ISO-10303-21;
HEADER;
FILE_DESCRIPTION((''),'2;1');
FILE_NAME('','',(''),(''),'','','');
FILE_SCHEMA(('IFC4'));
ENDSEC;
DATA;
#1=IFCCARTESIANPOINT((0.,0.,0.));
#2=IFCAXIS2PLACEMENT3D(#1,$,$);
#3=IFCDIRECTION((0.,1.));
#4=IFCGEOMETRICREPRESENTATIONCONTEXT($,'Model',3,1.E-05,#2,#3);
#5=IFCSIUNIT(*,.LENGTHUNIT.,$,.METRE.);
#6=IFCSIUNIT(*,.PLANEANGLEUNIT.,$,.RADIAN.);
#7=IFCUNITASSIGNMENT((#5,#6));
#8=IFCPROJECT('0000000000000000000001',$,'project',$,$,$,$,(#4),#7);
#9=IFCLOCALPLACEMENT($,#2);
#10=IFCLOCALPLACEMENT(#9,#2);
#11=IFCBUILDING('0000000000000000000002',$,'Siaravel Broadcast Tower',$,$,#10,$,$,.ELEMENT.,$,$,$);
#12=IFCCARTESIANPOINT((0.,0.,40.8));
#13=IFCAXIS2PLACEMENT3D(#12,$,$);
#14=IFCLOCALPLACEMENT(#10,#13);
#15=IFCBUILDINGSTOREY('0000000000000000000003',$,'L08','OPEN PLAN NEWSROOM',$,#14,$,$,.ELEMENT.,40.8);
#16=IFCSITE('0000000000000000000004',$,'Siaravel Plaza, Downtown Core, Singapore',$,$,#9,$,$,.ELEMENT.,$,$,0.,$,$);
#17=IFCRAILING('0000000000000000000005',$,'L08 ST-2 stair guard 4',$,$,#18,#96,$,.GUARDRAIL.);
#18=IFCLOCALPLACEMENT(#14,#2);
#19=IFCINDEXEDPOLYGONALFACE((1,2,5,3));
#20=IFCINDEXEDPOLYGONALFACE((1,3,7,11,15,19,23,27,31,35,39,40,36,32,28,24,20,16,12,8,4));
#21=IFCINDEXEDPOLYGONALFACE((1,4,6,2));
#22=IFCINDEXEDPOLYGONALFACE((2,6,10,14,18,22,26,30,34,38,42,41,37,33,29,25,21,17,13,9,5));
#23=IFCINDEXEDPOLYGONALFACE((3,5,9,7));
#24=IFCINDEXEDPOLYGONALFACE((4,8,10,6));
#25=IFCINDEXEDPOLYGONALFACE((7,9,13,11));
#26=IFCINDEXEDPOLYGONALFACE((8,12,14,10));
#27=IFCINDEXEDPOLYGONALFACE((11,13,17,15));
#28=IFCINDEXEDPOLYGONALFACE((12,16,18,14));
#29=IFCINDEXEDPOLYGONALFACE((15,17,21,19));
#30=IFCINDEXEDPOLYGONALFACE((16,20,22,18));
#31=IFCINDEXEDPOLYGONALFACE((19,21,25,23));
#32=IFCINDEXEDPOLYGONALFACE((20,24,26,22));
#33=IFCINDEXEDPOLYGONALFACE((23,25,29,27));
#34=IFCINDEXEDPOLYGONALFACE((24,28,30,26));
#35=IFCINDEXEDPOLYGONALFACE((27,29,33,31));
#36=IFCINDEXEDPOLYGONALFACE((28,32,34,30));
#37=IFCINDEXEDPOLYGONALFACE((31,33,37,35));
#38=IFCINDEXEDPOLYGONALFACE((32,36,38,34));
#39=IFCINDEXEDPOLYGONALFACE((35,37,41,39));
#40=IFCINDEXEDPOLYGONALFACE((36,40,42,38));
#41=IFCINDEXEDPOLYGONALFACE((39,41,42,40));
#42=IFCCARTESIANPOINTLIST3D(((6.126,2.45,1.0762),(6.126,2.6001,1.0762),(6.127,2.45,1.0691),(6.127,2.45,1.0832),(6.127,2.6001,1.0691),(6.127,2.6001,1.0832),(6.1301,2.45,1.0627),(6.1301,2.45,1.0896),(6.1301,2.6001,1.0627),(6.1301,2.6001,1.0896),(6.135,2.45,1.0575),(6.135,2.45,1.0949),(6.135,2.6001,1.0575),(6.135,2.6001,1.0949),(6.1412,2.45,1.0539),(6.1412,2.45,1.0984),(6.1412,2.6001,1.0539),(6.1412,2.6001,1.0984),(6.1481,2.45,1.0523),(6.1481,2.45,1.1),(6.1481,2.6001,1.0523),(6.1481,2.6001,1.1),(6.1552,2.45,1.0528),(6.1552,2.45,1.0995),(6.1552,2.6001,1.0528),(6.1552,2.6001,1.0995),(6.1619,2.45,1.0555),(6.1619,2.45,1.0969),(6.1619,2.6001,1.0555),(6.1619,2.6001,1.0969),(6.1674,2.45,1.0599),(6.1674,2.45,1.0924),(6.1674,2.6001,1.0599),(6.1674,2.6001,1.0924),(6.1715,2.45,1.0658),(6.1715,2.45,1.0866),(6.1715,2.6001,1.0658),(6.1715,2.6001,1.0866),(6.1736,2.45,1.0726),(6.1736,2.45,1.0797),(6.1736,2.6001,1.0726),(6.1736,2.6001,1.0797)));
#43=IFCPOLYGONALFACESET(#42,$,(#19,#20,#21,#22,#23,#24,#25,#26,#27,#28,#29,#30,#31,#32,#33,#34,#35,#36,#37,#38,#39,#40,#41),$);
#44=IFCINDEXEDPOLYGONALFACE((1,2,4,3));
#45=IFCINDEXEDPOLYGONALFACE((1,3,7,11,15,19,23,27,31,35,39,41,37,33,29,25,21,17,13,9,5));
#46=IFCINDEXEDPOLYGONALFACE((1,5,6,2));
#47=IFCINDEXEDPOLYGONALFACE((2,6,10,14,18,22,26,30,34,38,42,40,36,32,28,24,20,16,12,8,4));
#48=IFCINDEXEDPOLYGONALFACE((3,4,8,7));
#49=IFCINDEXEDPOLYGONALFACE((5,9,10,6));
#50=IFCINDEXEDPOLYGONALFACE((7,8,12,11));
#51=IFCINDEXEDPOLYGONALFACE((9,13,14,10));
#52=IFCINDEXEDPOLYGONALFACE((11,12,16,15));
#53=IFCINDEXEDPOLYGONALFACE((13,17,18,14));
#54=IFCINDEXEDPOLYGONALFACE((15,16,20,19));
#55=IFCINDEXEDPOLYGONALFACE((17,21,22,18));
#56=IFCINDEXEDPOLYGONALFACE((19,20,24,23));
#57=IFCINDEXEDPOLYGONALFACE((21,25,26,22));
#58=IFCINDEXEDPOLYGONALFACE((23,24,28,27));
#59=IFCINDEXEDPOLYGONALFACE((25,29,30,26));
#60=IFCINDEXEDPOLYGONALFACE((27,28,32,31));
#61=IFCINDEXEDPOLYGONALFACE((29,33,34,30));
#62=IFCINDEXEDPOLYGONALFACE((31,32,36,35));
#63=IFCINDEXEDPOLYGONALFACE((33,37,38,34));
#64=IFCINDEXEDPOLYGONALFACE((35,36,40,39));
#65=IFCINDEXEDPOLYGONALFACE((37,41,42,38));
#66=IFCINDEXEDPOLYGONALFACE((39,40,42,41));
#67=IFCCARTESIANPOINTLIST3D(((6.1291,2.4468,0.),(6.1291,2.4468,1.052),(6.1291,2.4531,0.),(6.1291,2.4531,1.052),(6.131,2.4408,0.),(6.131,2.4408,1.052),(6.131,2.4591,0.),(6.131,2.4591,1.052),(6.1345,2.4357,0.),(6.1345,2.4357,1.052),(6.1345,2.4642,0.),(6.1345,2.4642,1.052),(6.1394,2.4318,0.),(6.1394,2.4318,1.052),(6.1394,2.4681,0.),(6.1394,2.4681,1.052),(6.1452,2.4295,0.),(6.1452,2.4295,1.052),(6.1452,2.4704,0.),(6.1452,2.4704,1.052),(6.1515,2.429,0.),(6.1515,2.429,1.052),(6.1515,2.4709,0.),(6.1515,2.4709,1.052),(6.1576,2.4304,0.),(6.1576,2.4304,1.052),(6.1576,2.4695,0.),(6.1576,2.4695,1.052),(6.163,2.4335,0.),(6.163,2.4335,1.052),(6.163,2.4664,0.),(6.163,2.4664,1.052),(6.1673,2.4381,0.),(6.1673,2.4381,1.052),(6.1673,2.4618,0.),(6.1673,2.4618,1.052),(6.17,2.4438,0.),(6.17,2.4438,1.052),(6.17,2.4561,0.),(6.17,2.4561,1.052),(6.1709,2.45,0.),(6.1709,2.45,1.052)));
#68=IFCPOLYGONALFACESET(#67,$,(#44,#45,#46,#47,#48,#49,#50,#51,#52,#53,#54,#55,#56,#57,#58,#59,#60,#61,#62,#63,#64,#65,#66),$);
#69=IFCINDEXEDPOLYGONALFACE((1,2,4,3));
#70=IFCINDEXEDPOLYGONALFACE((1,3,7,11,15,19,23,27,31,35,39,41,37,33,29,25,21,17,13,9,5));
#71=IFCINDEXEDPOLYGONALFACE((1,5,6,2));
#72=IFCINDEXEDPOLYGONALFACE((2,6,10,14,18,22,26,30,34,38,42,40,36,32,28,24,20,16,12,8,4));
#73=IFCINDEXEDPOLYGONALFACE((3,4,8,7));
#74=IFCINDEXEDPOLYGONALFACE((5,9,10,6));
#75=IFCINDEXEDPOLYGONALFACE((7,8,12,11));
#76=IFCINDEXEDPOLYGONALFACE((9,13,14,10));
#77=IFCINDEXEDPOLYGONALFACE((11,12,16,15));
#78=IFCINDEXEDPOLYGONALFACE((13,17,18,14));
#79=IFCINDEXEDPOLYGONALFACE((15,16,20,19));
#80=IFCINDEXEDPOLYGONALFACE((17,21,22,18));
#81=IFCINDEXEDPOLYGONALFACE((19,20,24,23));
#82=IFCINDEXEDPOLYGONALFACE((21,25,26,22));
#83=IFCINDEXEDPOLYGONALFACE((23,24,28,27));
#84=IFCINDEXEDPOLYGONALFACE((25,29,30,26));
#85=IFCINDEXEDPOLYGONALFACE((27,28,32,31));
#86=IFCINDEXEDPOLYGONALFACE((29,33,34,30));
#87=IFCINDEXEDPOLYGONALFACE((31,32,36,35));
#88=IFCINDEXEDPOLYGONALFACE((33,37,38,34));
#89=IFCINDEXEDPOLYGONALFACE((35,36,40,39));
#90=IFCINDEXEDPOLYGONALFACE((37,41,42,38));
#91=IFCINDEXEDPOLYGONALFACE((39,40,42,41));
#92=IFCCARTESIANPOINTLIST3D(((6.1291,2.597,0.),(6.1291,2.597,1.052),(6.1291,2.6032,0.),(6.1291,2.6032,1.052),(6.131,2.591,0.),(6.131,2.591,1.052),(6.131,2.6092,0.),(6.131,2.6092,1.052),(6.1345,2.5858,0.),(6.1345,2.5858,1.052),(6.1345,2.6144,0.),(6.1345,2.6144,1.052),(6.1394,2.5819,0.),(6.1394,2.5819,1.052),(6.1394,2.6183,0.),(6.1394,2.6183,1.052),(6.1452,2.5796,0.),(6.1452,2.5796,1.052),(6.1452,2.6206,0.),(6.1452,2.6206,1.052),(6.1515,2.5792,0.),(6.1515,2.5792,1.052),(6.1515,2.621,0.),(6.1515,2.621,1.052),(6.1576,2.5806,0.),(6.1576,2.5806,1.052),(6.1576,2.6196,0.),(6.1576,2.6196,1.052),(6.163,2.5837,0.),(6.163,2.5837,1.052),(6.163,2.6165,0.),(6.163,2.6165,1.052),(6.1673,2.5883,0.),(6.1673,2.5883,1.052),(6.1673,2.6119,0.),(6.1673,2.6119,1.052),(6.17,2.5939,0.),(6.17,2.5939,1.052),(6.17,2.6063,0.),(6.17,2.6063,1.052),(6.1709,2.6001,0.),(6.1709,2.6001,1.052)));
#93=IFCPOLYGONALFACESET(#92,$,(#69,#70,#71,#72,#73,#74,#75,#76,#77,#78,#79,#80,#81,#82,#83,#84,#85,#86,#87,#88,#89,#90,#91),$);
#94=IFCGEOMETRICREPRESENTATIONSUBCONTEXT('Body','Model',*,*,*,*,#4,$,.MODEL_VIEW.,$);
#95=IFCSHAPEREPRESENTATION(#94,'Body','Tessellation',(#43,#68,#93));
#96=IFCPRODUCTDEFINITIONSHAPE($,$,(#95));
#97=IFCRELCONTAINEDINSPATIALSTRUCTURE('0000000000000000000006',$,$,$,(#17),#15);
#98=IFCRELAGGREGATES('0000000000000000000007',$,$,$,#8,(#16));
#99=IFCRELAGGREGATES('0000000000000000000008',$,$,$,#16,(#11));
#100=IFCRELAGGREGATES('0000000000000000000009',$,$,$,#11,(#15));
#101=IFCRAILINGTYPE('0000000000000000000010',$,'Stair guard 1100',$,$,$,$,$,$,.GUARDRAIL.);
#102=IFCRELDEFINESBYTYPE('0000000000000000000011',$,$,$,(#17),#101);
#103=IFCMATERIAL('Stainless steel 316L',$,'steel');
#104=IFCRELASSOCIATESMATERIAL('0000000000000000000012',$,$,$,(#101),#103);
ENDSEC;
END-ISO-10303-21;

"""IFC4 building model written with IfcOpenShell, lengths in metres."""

from ifc_helpers import new_model, si_unit, direction, frame, origin, origin_2d, place, context, subcontext, project, spatial, circle, extrude, material, type_object, element, save


model = new_model("IFC4")

# Units and contexts
model_context = context("Model", 3, precision=1e-05, world=origin(), true_north=direction((0.0, 1.0)))
body_context = subcontext(model_context, "Body", "Model", "MODEL_VIEW")
ifc_project = project(units=[si_unit("LENGTHUNIT", "METRE"), si_unit("PLANEANGLEUNIT", "RADIAN")], contexts=[model_context])

# Site, building, storey
site_placement = place(None, origin())
site = spatial("IfcSite", under=ifc_project, at=site_placement, Name="Siaravel Plaza, Downtown Core, Singapore", CompositionType="ELEMENT", RefElevation=0.0)
building_placement = place(site_placement, origin())
building = spatial("IfcBuilding", under=site, at=building_placement, Name="Siaravel Broadcast Tower", CompositionType="ELEMENT")
storey_placement = place(building_placement, frame((0.0, 0.0, 40.8)))
storey = spatial("IfcBuildingStorey", under=building, at=storey_placement, Name="L08", Description="OPEN PLAN NEWSROOM", CompositionType="ELEMENT", Elevation=40.8)

# Railing
ifc_material_1 = material(Name="Stainless steel 316L", Category="steel")
railing_type_1 = type_object("IfcRailingType", Name="Stair guard 1100", PredefinedType="GUARDRAIL", material=ifc_material_1)
railing_1_placement = place(storey_placement, frame((6.1499, 2.45, 0.0)))
element("IfcRailing", 1, at=railing_1_placement, inside=storey, type_object=railing_type_1, Name="L08 ST-2 stair guard 4", PredefinedType="GUARDRAIL", context=body_context, shape_type="SweptSolid", body=[
    extrude(circle(Radius=0.0239, at=origin_2d()), frame((0.0, 0.0, 1.0762), z_axis=(0.0, 1.0, 0.0), x_axis=(-1.0, 0.0, 0.0)), (0.0, 0.0, 1.0), 0.1501),
    extrude(circle(Radius=0.021, at=origin_2d()), origin(), (0.0, 0.0, 1.0), 1.052),
    extrude(circle(Radius=0.021, at=origin_2d()), frame((0.0, 0.1501, 0.0)), (0.0, 0.0, 1.0), 1.052),
])

save(model, "model.ifc")
